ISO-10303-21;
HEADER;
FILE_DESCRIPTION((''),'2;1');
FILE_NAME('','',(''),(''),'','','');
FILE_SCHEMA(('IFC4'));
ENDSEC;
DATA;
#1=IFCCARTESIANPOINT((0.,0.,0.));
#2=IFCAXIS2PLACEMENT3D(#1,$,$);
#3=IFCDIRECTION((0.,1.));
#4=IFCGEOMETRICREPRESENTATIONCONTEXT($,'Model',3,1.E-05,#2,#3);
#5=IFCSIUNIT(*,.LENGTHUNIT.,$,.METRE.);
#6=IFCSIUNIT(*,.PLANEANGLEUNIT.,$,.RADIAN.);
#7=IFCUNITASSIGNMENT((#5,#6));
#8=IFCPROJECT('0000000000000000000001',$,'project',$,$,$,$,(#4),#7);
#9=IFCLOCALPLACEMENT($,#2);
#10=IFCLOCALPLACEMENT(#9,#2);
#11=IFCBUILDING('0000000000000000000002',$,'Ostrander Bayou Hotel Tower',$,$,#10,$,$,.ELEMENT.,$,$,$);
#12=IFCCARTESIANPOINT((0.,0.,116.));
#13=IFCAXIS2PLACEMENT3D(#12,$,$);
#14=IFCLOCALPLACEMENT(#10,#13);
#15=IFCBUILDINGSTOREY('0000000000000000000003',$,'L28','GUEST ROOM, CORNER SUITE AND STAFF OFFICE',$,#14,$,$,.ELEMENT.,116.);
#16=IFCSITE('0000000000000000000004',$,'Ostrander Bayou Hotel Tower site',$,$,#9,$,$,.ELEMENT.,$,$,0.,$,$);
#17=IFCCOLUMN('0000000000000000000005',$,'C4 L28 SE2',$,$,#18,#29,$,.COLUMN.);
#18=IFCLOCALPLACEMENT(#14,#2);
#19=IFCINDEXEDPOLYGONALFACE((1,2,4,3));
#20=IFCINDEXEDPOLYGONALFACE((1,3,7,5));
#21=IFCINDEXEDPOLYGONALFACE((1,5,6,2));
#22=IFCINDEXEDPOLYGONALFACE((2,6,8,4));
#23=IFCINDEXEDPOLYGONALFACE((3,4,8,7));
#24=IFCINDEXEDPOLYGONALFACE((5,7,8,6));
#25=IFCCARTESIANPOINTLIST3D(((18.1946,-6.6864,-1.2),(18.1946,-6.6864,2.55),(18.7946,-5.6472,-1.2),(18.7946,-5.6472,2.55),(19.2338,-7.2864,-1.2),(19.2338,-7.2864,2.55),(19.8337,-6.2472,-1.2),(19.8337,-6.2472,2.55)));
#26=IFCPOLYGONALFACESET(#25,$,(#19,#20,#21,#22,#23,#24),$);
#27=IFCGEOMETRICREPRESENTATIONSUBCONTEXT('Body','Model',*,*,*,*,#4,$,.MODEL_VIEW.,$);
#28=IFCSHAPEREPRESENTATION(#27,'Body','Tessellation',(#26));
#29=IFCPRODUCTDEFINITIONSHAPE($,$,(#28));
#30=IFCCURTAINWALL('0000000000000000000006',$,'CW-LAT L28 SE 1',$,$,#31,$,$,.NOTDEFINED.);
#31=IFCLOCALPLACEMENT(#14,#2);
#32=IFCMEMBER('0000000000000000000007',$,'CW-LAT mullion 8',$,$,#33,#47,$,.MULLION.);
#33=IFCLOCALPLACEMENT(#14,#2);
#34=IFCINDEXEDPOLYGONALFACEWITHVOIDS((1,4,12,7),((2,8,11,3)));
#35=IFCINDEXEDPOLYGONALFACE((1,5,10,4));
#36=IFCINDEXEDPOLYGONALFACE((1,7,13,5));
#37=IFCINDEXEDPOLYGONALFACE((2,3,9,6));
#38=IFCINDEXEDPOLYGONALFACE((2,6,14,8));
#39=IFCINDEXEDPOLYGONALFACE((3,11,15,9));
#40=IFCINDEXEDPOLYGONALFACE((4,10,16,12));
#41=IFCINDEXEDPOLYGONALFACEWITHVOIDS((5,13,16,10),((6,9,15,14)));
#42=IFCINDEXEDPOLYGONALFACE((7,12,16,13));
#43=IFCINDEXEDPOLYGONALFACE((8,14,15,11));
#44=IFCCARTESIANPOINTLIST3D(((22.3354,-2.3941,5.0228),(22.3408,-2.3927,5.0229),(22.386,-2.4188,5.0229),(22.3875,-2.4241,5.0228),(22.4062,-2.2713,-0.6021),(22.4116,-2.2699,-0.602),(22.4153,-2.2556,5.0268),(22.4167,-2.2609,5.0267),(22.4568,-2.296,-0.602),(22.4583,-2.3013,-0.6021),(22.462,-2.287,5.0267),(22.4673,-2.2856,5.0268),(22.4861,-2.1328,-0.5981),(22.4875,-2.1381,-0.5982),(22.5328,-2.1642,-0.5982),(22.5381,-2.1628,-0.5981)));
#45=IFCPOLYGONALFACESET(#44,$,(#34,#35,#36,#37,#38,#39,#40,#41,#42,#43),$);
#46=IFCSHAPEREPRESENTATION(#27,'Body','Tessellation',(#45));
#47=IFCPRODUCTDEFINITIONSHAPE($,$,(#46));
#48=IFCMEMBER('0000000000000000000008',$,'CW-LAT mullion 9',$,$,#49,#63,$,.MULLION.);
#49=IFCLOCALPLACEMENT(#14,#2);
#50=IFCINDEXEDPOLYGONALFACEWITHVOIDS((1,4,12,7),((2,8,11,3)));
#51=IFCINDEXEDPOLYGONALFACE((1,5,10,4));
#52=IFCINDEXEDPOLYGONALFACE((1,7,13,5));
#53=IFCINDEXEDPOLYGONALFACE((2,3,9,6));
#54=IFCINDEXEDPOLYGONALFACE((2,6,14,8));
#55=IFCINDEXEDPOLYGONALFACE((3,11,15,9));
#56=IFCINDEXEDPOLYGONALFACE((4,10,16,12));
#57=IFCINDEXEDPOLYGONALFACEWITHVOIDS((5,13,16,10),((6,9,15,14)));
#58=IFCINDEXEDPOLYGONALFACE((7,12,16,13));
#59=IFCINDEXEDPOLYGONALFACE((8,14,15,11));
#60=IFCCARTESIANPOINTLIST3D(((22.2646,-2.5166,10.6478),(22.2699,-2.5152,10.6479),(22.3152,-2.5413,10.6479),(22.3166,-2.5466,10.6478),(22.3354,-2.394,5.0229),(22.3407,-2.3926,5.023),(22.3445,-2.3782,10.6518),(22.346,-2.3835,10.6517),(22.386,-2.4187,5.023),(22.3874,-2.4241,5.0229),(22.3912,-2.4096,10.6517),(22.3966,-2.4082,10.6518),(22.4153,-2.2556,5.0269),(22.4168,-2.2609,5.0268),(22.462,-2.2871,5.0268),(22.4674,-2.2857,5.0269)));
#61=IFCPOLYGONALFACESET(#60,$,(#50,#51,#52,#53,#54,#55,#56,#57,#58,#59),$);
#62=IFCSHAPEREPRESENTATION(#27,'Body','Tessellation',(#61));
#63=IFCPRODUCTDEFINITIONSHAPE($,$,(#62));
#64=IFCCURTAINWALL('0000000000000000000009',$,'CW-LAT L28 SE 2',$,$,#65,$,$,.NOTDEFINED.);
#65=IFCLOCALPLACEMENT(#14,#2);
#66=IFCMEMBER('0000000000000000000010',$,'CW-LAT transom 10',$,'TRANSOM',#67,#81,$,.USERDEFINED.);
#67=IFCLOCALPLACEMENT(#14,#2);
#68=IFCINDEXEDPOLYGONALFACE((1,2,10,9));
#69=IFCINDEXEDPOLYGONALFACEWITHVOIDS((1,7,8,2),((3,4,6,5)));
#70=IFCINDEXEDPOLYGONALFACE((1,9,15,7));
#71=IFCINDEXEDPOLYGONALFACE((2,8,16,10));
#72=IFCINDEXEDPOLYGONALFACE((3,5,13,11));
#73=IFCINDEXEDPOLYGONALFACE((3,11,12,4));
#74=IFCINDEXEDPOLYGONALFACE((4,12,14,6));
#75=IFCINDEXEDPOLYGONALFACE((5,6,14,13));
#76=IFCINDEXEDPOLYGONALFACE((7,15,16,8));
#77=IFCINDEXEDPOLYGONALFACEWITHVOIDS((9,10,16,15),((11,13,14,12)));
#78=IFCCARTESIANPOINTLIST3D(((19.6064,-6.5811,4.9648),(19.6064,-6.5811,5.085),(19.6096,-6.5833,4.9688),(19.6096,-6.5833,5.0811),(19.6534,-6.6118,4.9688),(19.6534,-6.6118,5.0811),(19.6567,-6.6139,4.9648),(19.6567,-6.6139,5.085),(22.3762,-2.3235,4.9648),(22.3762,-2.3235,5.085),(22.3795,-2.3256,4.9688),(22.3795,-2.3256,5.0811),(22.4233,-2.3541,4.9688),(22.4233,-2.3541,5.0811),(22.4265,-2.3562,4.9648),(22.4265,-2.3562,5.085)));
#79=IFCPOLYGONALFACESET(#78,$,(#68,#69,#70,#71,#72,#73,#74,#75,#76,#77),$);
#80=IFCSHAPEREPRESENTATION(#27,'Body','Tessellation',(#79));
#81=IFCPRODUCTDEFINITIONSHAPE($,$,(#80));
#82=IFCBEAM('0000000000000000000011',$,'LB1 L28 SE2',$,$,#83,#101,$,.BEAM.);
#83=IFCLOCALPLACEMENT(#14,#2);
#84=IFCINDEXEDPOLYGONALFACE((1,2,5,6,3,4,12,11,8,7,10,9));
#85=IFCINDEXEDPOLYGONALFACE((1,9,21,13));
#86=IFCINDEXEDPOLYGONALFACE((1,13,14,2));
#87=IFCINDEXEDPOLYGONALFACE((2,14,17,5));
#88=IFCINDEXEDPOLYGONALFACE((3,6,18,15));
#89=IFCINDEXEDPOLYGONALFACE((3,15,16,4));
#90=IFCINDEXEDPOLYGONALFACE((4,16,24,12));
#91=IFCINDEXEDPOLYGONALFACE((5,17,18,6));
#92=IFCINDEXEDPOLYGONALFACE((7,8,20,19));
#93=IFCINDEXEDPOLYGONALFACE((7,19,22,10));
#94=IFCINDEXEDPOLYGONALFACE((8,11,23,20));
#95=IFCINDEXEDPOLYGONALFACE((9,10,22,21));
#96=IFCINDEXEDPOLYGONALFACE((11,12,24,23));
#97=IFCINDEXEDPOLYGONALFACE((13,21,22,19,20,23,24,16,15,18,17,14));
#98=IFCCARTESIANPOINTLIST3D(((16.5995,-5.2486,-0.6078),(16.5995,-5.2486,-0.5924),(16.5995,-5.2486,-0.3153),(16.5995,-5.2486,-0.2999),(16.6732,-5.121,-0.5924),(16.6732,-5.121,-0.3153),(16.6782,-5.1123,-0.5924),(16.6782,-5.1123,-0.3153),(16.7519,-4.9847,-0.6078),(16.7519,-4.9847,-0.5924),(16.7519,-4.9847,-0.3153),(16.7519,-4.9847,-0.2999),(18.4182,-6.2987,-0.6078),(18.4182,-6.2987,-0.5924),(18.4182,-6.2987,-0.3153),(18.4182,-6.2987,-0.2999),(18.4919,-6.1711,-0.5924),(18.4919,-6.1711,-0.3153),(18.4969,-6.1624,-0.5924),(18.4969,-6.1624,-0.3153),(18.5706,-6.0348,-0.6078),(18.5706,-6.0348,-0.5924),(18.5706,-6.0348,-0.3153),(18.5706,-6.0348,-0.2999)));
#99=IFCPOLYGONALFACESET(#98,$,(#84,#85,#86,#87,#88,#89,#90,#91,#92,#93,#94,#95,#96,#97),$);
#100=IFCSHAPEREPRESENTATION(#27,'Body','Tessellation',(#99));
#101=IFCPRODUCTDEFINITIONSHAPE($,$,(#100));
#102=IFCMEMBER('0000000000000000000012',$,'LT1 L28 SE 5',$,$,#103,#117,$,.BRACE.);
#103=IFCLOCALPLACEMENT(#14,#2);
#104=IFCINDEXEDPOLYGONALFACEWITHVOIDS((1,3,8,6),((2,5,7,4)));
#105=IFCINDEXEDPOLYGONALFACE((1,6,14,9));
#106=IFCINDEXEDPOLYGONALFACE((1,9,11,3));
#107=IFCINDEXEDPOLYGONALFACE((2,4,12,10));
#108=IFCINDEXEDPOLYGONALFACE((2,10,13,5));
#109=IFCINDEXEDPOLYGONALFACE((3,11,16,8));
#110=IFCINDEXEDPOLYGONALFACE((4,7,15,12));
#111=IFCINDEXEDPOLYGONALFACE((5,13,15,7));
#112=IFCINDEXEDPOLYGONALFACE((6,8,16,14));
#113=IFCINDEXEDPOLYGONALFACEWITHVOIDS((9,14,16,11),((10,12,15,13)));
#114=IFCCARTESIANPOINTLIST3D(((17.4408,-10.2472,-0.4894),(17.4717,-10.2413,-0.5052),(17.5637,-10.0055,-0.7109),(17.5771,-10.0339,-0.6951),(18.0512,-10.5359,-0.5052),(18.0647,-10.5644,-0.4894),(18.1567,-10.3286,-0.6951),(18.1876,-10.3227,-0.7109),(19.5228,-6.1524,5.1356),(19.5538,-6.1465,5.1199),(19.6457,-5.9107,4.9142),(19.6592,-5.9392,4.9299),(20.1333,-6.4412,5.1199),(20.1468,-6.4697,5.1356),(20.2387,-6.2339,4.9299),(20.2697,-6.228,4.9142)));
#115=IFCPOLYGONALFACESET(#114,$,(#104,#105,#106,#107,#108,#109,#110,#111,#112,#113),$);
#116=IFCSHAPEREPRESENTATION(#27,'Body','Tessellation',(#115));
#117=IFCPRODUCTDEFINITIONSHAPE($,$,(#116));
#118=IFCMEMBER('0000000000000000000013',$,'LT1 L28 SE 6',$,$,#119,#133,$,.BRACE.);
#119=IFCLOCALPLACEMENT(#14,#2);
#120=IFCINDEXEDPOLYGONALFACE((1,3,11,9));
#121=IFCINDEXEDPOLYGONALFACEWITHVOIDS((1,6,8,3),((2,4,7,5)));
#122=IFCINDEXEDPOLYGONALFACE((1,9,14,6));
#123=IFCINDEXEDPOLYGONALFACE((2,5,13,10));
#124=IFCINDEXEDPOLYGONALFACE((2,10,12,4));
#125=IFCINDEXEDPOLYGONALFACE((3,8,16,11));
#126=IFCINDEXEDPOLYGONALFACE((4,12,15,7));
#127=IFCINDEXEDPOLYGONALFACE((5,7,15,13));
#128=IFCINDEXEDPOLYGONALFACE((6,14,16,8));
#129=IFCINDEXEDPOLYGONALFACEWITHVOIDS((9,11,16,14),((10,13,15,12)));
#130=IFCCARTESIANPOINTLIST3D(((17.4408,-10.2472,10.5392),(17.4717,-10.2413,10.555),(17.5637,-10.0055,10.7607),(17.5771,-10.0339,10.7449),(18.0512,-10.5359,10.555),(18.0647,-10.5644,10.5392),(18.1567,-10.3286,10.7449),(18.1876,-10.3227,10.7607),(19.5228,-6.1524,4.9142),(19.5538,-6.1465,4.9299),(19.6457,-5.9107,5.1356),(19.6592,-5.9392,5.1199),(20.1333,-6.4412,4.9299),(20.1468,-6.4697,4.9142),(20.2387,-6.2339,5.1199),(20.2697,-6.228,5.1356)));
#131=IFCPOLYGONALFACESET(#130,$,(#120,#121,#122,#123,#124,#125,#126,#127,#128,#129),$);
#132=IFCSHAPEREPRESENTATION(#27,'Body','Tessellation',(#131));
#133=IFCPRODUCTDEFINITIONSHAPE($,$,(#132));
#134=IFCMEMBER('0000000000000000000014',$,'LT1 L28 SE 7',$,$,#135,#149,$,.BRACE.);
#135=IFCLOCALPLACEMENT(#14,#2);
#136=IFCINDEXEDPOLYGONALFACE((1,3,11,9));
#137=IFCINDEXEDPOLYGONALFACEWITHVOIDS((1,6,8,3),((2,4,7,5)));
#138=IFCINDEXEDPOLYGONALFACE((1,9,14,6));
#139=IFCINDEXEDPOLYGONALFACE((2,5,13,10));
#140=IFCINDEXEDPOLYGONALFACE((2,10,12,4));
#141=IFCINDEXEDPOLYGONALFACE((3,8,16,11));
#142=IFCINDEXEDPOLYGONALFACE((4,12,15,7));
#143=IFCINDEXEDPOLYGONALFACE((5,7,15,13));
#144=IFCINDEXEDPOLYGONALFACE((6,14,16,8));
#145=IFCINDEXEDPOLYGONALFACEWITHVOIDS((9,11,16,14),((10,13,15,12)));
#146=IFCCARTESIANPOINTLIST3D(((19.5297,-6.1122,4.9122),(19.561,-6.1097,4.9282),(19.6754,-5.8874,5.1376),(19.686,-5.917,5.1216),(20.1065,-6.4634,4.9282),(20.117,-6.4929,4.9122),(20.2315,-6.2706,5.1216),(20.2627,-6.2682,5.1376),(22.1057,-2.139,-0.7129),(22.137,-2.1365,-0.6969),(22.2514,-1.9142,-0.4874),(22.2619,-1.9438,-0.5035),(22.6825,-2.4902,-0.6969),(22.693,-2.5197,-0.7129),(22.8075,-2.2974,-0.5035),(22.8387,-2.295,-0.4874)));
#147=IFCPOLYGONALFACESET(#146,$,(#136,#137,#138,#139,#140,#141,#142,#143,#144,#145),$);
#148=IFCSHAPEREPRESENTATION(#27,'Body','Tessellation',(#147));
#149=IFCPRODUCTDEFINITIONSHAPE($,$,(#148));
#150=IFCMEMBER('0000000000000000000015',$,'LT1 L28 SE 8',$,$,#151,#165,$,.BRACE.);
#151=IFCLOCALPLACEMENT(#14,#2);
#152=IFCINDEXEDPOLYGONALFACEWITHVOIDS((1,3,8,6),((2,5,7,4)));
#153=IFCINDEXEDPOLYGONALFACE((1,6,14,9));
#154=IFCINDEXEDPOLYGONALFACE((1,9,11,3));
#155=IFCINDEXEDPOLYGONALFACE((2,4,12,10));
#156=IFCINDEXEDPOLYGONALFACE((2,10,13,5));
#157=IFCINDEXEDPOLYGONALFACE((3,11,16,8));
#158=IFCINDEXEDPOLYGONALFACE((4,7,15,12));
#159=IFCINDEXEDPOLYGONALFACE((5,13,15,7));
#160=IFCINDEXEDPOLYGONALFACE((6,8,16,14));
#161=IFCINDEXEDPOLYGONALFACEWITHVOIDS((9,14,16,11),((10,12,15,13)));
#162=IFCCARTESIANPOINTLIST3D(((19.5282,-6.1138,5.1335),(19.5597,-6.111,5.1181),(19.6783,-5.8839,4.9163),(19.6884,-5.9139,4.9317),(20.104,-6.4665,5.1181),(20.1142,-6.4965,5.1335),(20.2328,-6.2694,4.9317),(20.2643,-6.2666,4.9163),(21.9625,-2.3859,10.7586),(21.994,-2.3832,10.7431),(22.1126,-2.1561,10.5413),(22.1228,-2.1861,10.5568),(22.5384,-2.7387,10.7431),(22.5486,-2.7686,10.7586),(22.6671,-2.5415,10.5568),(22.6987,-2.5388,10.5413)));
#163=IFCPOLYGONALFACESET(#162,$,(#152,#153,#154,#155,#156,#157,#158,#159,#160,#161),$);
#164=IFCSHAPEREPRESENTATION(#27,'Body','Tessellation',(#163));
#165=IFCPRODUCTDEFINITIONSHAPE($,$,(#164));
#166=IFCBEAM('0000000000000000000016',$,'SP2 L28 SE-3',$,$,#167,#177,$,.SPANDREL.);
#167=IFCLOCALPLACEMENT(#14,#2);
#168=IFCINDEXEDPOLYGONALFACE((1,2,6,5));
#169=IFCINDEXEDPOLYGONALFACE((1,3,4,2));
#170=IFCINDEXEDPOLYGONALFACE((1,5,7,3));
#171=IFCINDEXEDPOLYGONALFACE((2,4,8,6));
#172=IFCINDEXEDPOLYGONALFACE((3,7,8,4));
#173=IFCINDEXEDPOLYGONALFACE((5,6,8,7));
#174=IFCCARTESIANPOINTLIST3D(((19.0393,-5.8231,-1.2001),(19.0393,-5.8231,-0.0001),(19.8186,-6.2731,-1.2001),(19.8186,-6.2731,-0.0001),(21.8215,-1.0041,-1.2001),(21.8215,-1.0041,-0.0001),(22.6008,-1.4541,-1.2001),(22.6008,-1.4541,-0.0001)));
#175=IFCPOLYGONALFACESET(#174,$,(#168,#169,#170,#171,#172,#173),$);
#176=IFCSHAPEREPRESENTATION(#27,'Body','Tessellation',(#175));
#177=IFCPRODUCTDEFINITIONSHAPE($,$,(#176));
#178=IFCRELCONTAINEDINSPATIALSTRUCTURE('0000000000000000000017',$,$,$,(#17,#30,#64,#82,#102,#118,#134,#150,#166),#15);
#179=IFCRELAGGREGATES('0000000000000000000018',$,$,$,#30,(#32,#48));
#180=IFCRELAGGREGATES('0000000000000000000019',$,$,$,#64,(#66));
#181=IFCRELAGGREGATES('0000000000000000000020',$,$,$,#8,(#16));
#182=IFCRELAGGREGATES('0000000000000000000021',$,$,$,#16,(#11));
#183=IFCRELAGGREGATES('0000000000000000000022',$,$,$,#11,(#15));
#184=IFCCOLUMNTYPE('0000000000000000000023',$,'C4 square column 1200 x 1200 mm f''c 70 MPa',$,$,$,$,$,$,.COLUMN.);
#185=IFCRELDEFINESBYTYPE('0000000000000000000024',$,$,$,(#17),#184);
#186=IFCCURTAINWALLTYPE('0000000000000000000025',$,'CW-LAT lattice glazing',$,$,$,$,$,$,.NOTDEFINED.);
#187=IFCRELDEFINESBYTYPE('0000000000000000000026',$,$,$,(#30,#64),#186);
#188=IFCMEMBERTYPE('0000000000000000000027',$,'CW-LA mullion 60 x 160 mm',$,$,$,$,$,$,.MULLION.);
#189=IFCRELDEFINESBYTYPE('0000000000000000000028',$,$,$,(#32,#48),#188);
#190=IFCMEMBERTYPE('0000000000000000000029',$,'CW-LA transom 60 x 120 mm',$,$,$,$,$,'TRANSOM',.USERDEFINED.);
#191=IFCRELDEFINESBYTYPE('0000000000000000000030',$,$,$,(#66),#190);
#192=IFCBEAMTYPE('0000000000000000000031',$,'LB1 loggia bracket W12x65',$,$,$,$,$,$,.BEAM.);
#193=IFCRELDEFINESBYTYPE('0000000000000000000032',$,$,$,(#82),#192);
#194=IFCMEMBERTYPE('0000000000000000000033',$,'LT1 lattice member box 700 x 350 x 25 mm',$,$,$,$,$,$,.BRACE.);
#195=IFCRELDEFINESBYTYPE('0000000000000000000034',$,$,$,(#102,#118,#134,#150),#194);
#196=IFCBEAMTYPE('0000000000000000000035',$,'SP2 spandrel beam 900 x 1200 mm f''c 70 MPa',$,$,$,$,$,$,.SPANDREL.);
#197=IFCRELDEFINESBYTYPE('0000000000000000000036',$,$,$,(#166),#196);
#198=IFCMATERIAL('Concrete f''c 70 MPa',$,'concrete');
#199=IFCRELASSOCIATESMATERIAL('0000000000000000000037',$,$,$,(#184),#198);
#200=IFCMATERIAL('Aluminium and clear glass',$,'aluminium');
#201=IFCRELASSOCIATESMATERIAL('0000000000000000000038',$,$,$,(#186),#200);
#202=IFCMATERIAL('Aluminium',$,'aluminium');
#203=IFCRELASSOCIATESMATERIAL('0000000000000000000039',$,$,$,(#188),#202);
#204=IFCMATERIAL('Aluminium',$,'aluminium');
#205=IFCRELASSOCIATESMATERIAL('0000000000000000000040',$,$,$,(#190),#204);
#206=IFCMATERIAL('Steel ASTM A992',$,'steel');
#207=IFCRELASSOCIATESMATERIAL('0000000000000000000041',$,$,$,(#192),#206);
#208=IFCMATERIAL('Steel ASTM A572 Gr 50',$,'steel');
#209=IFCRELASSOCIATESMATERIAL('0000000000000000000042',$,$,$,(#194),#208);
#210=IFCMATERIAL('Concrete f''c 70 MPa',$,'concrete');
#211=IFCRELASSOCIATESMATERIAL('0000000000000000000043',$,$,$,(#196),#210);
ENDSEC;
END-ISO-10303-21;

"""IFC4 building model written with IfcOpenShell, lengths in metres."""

from ifc_helpers import new_model, si_unit, direction, frame, origin, origin_2d, place, context, subcontext, project, spatial, rectangle, hollow_rectangle, i_section, extrude, material, material_profile, profile_set, type_object, element, aggregate, save


model = new_model("IFC4")

# Units and contexts
model_context = context("Model", 3, precision=1e-05, world=origin(), true_north=direction((0.0, 1.0)))
body_context = subcontext(model_context, "Body", "Model", "MODEL_VIEW")
ifc_project = project(units=[si_unit("LENGTHUNIT", "METRE"), si_unit("PLANEANGLEUNIT", "RADIAN")], contexts=[model_context])

# Site, building, storey
site_placement = place(None, origin())
site = spatial("IfcSite", under=ifc_project, at=site_placement, Name="Ostrander Bayou Hotel Tower site", CompositionType="ELEMENT", RefElevation=0.0)
building_placement = place(site_placement, origin())
building = spatial("IfcBuilding", under=site, at=building_placement, Name="Ostrander Bayou Hotel Tower", CompositionType="ELEMENT")
storey_placement = place(building_placement, frame((0.0, 0.0, 116.0)))
storey = spatial("IfcBuildingStorey", under=building, at=storey_placement, Name="L28", Description="GUEST ROOM, CORNER SUITE AND STAFF OFFICE", CompositionType="ELEMENT", Elevation=116.0)

# Column
ifc_material_1 = material(Name="Concrete f'c 70 MPa", Category="concrete")
ifc_material_profile_1 = material_profile(ifc_material_1, rectangle(XDim=1.2, YDim=1.2, at=origin_2d()))
ifc_profile_set_1 = profile_set([ifc_material_profile_1], Name="Concrete f'c 70 MPa")
column_type = type_object("IfcColumnType", Name="C4 square column 1200 x 1200 mm f'c 70 MPa", PredefinedType="COLUMN", material=ifc_profile_set_1)
column_placement = place(storey_placement, frame((19.0142, -6.4668, -1.2), z_axis=(0.0, 0.0, 1.0), x_axis=(-0.5, -0.866025, 0.0)))
element("IfcColumn", 1, at=column_placement, inside=storey, type_object=column_type, Name="C4 L28 SE2", PredefinedType="COLUMN", context=body_context, shape_type="SweptSolid", body=[
    extrude(rectangle(XDim=1.2, YDim=1.2, at=origin_2d()), origin(), (0.0, 0.0, 1.0), 3.75),
])

# Curtain wall, members
ifc_material_2 = material(Name="Aluminium and clear glass", Category="aluminium")
curtain_wall_type = type_object("IfcCurtainWallType", Name="CW-LAT lattice glazing", PredefinedType="NOTDEFINED", material=ifc_material_2)
curtain_wall_1_placement = place(storey_placement, origin())
curtain_wall_1 = element("IfcCurtainWall", 2, at=curtain_wall_1_placement, inside=storey, type_object=curtain_wall_type, Name="CW-LAT L28 SE 1", PredefinedType="NOTDEFINED")
ifc_material_3 = material(Name="Aluminium", Category="aluminium")
ifc_material_profile_2 = material_profile(ifc_material_3, hollow_rectangle(XDim=0.0601, YDim=0.1599, WallThickness=0.0039, at=origin_2d()))
ifc_profile_set_2 = profile_set([ifc_material_profile_2], Name="Aluminium")
member_type_1 = type_object("IfcMemberType", Name="CW-LA mullion 60 x 160 mm", PredefinedType="MULLION", material=ifc_profile_set_2)
member_1_placement = place(storey_placement, frame((22.4722, -2.217, -0.6001), z_axis=(-0.012583, -0.021825, 0.999683), x_axis=(0.866329, -0.499474, 0.0)))
member_1 = element("IfcMember", 3, at=member_1_placement, type_object=member_type_1, Name="CW-LAT mullion 8", PredefinedType="MULLION", context=body_context, shape_type="SweptSolid", body=[
    extrude(hollow_rectangle(XDim=0.0601, YDim=0.1599, WallThickness=0.0039, at=origin_2d()), origin(), (0.0, 0.0, 1.0), 5.6267),
])
member_2_placement = place(storey_placement, frame((22.4014, -2.3398, 5.0249), z_axis=(-0.012583, -0.021781, 0.999684), x_axis=(0.865898, -0.50022, 0.0)))
member_2 = element("IfcMember", 4, at=member_2_placement, type_object=member_type_1, Name="CW-LAT mullion 9", PredefinedType="MULLION", context=body_context, shape_type="SweptSolid", body=[
    extrude(hollow_rectangle(XDim=0.0601, YDim=0.1599, WallThickness=0.0039, at=origin_2d()), origin(), (0.0, 0.0, 1.0), 5.6267),
])

# Curtain wall, member
curtain_wall_2_placement = place(storey_placement, origin())
curtain_wall_2 = element("IfcCurtainWall", 5, at=curtain_wall_2_placement, inside=storey, type_object=curtain_wall_type, Name="CW-LAT L28 SE 2", PredefinedType="NOTDEFINED")
ifc_material_4 = material(Name="Aluminium", Category="aluminium")
ifc_material_profile_3 = material_profile(ifc_material_4, hollow_rectangle(XDim=0.0601, YDim=0.1201, WallThickness=0.0039, at=origin_2d()))
ifc_profile_set_3 = profile_set([ifc_material_profile_3], Name="Aluminium")
member_type_2 = type_object("IfcMemberType", Name="CW-LA transom 60 x 120 mm", ElementType="TRANSOM", PredefinedType="USERDEFINED", material=ifc_profile_set_3)
member_3_placement = place(storey_placement, frame((22.4014, -2.3398, 5.0249), z_axis=(-0.545314, -0.838232, 0.0), x_axis=(0.838232, -0.545314, 0.0)))
member_3 = element("IfcMember", 6, at=member_3_placement, type_object=member_type_2, Name="CW-LAT transom 10", ObjectType="TRANSOM", PredefinedType="USERDEFINED", context=body_context, shape_type="SweptSolid", body=[
    extrude(hollow_rectangle(XDim=0.0601, YDim=0.1201, WallThickness=0.0039, at=origin_2d()), origin(), (0.0, 0.0, 1.0), 5.0793),
])

# Beam
ifc_material_5 = material(Name="Steel ASTM A992", Category="steel")
ifc_material_profile_4 = material_profile(ifc_material_5, i_section(OverallWidth=0.3047, OverallDepth=0.3079, WebThickness=0.01, FlangeThickness=0.0154, at=origin_2d()))
ifc_profile_set_4 = profile_set([ifc_material_profile_4], Name="Steel ASTM A992")
beam_type_1 = type_object("IfcBeamType", Name="LB1 loggia bracket W12x65", PredefinedType="BEAM", material=ifc_profile_set_4)
beam_1_placement = place(storey_placement, frame((18.4944, -6.1667, -0.4539), z_axis=(-0.866009, 0.500028, 0.0), x_axis=(-0.500028, -0.866009, 0.0)))
element("IfcBeam", 7, at=beam_1_placement, inside=storey, type_object=beam_type_1, Name="LB1 L28 SE2", PredefinedType="BEAM", context=body_context, shape_type="SweptSolid", body=[
    extrude(i_section(OverallWidth=0.3047, OverallDepth=0.3079, WebThickness=0.01, FlangeThickness=0.0154, at=origin_2d()), origin(), (0.0, 0.0, 1.0), 2.1001),
])

# Members
ifc_material_6 = material(Name="Steel ASTM A572 Gr 50", Category="steel")
ifc_material_profile_5 = material_profile(ifc_material_6, hollow_rectangle(XDim=0.7, YDim=0.3501, WallThickness=0.0249, at=origin_2d()))
ifc_profile_set_5 = profile_set([ifc_material_profile_5], Name="Steel ASTM A572 Gr 50")
member_type_3 = type_object("IfcMemberType", Name="LT1 lattice member box 700 x 350 x 25 mm", PredefinedType="BRACE", material=ifc_profile_set_5)
for number, where, z_axis, x_axis, name in (
    (8, (19.8962, -6.1902, 5.0249), (-0.286687, -0.563827, -0.774539), (0.891388, -0.453241, 0.0), "LT1 L28 SE 5"),
    (9, (19.8962, -6.1902, 5.0249), (-0.286687, -0.563827, 0.774539), (0.891388, -0.453241, 0.0), "LT1 L28 SE 6"),
):
    element("IfcMember", number, at=place(storey_placement, frame(where, z_axis=z_axis, x_axis=x_axis)), inside=storey, type_object=member_type_3, Name=name, PredefinedType="BRACE", context=body_context, shape_type="SweptSolid", body=[
        extrude(hollow_rectangle(XDim=0.7, YDim=0.3501, WallThickness=0.0249, at=origin_2d()), origin(), (0.0, 0.0, 1.0), 7.2625),
    ])
member_4_placement = place(storey_placement, frame((19.8962, -6.1902, 5.0249), z_axis=(0.350339, 0.540367, -0.765027), x_axis=(-0.839082, 0.544006, 0.0)))
element("IfcMember", 10, at=member_4_placement, inside=storey, type_object=member_type_3, Name="LT1 L28 SE 7", PredefinedType="BRACE", context=body_context, shape_type="SweptSolid", body=[
    extrude(hollow_rectangle(XDim=0.7, YDim=0.3501, WallThickness=0.0249, at=origin_2d()), origin(), (0.0, 0.0, 1.0), 7.3528),
])
member_5_placement = place(storey_placement, frame((19.8962, -6.1902, 5.0249), z_axis=(0.339337, 0.519641, 0.784107), x_axis=(-0.837285, 0.546766, 0.0)))
element("IfcMember", 11, at=member_5_placement, inside=storey, type_object=member_type_3, Name="LT1 L28 SE 8", PredefinedType="BRACE", context=body_context, shape_type="SweptSolid", body=[
    extrude(hollow_rectangle(XDim=0.7, YDim=0.3501, WallThickness=0.0249, at=origin_2d()), origin(), (0.0, 0.0, 1.0), 7.1738),
])

# Beam
ifc_material_7 = material(Name="Concrete f'c 70 MPa", Category="concrete")
ifc_material_profile_6 = material_profile(ifc_material_7, rectangle(XDim=0.8999, YDim=1.2, at=origin_2d()))
ifc_profile_set_6 = profile_set([ifc_material_profile_6], Name="Concrete f'c 70 MPa")
beam_type_2 = type_object("IfcBeamType", Name="SP2 spandrel beam 900 x 1200 mm f'c 70 MPa", PredefinedType="SPANDREL", material=ifc_profile_set_6)
beam_2_placement = place(storey_placement, frame((19.429, -6.0481, -0.6001), z_axis=(0.49999, 0.866031, 0.0), x_axis=(-0.866031, 0.49999, 0.0)))
element("IfcBeam", 12, at=beam_2_placement, inside=storey, type_object=beam_type_2, Name="SP2 L28 SE-3", PredefinedType="SPANDREL", context=body_context, shape_type="SweptSolid", body=[
    extrude(rectangle(XDim=0.8999, YDim=1.2, at=origin_2d()), origin(), (0.0, 0.0, 1.0), 5.5645),
])

aggregate(curtain_wall_1, [member_1, member_2])
aggregate(curtain_wall_2, [member_3])

save(model, "model.ifc")
